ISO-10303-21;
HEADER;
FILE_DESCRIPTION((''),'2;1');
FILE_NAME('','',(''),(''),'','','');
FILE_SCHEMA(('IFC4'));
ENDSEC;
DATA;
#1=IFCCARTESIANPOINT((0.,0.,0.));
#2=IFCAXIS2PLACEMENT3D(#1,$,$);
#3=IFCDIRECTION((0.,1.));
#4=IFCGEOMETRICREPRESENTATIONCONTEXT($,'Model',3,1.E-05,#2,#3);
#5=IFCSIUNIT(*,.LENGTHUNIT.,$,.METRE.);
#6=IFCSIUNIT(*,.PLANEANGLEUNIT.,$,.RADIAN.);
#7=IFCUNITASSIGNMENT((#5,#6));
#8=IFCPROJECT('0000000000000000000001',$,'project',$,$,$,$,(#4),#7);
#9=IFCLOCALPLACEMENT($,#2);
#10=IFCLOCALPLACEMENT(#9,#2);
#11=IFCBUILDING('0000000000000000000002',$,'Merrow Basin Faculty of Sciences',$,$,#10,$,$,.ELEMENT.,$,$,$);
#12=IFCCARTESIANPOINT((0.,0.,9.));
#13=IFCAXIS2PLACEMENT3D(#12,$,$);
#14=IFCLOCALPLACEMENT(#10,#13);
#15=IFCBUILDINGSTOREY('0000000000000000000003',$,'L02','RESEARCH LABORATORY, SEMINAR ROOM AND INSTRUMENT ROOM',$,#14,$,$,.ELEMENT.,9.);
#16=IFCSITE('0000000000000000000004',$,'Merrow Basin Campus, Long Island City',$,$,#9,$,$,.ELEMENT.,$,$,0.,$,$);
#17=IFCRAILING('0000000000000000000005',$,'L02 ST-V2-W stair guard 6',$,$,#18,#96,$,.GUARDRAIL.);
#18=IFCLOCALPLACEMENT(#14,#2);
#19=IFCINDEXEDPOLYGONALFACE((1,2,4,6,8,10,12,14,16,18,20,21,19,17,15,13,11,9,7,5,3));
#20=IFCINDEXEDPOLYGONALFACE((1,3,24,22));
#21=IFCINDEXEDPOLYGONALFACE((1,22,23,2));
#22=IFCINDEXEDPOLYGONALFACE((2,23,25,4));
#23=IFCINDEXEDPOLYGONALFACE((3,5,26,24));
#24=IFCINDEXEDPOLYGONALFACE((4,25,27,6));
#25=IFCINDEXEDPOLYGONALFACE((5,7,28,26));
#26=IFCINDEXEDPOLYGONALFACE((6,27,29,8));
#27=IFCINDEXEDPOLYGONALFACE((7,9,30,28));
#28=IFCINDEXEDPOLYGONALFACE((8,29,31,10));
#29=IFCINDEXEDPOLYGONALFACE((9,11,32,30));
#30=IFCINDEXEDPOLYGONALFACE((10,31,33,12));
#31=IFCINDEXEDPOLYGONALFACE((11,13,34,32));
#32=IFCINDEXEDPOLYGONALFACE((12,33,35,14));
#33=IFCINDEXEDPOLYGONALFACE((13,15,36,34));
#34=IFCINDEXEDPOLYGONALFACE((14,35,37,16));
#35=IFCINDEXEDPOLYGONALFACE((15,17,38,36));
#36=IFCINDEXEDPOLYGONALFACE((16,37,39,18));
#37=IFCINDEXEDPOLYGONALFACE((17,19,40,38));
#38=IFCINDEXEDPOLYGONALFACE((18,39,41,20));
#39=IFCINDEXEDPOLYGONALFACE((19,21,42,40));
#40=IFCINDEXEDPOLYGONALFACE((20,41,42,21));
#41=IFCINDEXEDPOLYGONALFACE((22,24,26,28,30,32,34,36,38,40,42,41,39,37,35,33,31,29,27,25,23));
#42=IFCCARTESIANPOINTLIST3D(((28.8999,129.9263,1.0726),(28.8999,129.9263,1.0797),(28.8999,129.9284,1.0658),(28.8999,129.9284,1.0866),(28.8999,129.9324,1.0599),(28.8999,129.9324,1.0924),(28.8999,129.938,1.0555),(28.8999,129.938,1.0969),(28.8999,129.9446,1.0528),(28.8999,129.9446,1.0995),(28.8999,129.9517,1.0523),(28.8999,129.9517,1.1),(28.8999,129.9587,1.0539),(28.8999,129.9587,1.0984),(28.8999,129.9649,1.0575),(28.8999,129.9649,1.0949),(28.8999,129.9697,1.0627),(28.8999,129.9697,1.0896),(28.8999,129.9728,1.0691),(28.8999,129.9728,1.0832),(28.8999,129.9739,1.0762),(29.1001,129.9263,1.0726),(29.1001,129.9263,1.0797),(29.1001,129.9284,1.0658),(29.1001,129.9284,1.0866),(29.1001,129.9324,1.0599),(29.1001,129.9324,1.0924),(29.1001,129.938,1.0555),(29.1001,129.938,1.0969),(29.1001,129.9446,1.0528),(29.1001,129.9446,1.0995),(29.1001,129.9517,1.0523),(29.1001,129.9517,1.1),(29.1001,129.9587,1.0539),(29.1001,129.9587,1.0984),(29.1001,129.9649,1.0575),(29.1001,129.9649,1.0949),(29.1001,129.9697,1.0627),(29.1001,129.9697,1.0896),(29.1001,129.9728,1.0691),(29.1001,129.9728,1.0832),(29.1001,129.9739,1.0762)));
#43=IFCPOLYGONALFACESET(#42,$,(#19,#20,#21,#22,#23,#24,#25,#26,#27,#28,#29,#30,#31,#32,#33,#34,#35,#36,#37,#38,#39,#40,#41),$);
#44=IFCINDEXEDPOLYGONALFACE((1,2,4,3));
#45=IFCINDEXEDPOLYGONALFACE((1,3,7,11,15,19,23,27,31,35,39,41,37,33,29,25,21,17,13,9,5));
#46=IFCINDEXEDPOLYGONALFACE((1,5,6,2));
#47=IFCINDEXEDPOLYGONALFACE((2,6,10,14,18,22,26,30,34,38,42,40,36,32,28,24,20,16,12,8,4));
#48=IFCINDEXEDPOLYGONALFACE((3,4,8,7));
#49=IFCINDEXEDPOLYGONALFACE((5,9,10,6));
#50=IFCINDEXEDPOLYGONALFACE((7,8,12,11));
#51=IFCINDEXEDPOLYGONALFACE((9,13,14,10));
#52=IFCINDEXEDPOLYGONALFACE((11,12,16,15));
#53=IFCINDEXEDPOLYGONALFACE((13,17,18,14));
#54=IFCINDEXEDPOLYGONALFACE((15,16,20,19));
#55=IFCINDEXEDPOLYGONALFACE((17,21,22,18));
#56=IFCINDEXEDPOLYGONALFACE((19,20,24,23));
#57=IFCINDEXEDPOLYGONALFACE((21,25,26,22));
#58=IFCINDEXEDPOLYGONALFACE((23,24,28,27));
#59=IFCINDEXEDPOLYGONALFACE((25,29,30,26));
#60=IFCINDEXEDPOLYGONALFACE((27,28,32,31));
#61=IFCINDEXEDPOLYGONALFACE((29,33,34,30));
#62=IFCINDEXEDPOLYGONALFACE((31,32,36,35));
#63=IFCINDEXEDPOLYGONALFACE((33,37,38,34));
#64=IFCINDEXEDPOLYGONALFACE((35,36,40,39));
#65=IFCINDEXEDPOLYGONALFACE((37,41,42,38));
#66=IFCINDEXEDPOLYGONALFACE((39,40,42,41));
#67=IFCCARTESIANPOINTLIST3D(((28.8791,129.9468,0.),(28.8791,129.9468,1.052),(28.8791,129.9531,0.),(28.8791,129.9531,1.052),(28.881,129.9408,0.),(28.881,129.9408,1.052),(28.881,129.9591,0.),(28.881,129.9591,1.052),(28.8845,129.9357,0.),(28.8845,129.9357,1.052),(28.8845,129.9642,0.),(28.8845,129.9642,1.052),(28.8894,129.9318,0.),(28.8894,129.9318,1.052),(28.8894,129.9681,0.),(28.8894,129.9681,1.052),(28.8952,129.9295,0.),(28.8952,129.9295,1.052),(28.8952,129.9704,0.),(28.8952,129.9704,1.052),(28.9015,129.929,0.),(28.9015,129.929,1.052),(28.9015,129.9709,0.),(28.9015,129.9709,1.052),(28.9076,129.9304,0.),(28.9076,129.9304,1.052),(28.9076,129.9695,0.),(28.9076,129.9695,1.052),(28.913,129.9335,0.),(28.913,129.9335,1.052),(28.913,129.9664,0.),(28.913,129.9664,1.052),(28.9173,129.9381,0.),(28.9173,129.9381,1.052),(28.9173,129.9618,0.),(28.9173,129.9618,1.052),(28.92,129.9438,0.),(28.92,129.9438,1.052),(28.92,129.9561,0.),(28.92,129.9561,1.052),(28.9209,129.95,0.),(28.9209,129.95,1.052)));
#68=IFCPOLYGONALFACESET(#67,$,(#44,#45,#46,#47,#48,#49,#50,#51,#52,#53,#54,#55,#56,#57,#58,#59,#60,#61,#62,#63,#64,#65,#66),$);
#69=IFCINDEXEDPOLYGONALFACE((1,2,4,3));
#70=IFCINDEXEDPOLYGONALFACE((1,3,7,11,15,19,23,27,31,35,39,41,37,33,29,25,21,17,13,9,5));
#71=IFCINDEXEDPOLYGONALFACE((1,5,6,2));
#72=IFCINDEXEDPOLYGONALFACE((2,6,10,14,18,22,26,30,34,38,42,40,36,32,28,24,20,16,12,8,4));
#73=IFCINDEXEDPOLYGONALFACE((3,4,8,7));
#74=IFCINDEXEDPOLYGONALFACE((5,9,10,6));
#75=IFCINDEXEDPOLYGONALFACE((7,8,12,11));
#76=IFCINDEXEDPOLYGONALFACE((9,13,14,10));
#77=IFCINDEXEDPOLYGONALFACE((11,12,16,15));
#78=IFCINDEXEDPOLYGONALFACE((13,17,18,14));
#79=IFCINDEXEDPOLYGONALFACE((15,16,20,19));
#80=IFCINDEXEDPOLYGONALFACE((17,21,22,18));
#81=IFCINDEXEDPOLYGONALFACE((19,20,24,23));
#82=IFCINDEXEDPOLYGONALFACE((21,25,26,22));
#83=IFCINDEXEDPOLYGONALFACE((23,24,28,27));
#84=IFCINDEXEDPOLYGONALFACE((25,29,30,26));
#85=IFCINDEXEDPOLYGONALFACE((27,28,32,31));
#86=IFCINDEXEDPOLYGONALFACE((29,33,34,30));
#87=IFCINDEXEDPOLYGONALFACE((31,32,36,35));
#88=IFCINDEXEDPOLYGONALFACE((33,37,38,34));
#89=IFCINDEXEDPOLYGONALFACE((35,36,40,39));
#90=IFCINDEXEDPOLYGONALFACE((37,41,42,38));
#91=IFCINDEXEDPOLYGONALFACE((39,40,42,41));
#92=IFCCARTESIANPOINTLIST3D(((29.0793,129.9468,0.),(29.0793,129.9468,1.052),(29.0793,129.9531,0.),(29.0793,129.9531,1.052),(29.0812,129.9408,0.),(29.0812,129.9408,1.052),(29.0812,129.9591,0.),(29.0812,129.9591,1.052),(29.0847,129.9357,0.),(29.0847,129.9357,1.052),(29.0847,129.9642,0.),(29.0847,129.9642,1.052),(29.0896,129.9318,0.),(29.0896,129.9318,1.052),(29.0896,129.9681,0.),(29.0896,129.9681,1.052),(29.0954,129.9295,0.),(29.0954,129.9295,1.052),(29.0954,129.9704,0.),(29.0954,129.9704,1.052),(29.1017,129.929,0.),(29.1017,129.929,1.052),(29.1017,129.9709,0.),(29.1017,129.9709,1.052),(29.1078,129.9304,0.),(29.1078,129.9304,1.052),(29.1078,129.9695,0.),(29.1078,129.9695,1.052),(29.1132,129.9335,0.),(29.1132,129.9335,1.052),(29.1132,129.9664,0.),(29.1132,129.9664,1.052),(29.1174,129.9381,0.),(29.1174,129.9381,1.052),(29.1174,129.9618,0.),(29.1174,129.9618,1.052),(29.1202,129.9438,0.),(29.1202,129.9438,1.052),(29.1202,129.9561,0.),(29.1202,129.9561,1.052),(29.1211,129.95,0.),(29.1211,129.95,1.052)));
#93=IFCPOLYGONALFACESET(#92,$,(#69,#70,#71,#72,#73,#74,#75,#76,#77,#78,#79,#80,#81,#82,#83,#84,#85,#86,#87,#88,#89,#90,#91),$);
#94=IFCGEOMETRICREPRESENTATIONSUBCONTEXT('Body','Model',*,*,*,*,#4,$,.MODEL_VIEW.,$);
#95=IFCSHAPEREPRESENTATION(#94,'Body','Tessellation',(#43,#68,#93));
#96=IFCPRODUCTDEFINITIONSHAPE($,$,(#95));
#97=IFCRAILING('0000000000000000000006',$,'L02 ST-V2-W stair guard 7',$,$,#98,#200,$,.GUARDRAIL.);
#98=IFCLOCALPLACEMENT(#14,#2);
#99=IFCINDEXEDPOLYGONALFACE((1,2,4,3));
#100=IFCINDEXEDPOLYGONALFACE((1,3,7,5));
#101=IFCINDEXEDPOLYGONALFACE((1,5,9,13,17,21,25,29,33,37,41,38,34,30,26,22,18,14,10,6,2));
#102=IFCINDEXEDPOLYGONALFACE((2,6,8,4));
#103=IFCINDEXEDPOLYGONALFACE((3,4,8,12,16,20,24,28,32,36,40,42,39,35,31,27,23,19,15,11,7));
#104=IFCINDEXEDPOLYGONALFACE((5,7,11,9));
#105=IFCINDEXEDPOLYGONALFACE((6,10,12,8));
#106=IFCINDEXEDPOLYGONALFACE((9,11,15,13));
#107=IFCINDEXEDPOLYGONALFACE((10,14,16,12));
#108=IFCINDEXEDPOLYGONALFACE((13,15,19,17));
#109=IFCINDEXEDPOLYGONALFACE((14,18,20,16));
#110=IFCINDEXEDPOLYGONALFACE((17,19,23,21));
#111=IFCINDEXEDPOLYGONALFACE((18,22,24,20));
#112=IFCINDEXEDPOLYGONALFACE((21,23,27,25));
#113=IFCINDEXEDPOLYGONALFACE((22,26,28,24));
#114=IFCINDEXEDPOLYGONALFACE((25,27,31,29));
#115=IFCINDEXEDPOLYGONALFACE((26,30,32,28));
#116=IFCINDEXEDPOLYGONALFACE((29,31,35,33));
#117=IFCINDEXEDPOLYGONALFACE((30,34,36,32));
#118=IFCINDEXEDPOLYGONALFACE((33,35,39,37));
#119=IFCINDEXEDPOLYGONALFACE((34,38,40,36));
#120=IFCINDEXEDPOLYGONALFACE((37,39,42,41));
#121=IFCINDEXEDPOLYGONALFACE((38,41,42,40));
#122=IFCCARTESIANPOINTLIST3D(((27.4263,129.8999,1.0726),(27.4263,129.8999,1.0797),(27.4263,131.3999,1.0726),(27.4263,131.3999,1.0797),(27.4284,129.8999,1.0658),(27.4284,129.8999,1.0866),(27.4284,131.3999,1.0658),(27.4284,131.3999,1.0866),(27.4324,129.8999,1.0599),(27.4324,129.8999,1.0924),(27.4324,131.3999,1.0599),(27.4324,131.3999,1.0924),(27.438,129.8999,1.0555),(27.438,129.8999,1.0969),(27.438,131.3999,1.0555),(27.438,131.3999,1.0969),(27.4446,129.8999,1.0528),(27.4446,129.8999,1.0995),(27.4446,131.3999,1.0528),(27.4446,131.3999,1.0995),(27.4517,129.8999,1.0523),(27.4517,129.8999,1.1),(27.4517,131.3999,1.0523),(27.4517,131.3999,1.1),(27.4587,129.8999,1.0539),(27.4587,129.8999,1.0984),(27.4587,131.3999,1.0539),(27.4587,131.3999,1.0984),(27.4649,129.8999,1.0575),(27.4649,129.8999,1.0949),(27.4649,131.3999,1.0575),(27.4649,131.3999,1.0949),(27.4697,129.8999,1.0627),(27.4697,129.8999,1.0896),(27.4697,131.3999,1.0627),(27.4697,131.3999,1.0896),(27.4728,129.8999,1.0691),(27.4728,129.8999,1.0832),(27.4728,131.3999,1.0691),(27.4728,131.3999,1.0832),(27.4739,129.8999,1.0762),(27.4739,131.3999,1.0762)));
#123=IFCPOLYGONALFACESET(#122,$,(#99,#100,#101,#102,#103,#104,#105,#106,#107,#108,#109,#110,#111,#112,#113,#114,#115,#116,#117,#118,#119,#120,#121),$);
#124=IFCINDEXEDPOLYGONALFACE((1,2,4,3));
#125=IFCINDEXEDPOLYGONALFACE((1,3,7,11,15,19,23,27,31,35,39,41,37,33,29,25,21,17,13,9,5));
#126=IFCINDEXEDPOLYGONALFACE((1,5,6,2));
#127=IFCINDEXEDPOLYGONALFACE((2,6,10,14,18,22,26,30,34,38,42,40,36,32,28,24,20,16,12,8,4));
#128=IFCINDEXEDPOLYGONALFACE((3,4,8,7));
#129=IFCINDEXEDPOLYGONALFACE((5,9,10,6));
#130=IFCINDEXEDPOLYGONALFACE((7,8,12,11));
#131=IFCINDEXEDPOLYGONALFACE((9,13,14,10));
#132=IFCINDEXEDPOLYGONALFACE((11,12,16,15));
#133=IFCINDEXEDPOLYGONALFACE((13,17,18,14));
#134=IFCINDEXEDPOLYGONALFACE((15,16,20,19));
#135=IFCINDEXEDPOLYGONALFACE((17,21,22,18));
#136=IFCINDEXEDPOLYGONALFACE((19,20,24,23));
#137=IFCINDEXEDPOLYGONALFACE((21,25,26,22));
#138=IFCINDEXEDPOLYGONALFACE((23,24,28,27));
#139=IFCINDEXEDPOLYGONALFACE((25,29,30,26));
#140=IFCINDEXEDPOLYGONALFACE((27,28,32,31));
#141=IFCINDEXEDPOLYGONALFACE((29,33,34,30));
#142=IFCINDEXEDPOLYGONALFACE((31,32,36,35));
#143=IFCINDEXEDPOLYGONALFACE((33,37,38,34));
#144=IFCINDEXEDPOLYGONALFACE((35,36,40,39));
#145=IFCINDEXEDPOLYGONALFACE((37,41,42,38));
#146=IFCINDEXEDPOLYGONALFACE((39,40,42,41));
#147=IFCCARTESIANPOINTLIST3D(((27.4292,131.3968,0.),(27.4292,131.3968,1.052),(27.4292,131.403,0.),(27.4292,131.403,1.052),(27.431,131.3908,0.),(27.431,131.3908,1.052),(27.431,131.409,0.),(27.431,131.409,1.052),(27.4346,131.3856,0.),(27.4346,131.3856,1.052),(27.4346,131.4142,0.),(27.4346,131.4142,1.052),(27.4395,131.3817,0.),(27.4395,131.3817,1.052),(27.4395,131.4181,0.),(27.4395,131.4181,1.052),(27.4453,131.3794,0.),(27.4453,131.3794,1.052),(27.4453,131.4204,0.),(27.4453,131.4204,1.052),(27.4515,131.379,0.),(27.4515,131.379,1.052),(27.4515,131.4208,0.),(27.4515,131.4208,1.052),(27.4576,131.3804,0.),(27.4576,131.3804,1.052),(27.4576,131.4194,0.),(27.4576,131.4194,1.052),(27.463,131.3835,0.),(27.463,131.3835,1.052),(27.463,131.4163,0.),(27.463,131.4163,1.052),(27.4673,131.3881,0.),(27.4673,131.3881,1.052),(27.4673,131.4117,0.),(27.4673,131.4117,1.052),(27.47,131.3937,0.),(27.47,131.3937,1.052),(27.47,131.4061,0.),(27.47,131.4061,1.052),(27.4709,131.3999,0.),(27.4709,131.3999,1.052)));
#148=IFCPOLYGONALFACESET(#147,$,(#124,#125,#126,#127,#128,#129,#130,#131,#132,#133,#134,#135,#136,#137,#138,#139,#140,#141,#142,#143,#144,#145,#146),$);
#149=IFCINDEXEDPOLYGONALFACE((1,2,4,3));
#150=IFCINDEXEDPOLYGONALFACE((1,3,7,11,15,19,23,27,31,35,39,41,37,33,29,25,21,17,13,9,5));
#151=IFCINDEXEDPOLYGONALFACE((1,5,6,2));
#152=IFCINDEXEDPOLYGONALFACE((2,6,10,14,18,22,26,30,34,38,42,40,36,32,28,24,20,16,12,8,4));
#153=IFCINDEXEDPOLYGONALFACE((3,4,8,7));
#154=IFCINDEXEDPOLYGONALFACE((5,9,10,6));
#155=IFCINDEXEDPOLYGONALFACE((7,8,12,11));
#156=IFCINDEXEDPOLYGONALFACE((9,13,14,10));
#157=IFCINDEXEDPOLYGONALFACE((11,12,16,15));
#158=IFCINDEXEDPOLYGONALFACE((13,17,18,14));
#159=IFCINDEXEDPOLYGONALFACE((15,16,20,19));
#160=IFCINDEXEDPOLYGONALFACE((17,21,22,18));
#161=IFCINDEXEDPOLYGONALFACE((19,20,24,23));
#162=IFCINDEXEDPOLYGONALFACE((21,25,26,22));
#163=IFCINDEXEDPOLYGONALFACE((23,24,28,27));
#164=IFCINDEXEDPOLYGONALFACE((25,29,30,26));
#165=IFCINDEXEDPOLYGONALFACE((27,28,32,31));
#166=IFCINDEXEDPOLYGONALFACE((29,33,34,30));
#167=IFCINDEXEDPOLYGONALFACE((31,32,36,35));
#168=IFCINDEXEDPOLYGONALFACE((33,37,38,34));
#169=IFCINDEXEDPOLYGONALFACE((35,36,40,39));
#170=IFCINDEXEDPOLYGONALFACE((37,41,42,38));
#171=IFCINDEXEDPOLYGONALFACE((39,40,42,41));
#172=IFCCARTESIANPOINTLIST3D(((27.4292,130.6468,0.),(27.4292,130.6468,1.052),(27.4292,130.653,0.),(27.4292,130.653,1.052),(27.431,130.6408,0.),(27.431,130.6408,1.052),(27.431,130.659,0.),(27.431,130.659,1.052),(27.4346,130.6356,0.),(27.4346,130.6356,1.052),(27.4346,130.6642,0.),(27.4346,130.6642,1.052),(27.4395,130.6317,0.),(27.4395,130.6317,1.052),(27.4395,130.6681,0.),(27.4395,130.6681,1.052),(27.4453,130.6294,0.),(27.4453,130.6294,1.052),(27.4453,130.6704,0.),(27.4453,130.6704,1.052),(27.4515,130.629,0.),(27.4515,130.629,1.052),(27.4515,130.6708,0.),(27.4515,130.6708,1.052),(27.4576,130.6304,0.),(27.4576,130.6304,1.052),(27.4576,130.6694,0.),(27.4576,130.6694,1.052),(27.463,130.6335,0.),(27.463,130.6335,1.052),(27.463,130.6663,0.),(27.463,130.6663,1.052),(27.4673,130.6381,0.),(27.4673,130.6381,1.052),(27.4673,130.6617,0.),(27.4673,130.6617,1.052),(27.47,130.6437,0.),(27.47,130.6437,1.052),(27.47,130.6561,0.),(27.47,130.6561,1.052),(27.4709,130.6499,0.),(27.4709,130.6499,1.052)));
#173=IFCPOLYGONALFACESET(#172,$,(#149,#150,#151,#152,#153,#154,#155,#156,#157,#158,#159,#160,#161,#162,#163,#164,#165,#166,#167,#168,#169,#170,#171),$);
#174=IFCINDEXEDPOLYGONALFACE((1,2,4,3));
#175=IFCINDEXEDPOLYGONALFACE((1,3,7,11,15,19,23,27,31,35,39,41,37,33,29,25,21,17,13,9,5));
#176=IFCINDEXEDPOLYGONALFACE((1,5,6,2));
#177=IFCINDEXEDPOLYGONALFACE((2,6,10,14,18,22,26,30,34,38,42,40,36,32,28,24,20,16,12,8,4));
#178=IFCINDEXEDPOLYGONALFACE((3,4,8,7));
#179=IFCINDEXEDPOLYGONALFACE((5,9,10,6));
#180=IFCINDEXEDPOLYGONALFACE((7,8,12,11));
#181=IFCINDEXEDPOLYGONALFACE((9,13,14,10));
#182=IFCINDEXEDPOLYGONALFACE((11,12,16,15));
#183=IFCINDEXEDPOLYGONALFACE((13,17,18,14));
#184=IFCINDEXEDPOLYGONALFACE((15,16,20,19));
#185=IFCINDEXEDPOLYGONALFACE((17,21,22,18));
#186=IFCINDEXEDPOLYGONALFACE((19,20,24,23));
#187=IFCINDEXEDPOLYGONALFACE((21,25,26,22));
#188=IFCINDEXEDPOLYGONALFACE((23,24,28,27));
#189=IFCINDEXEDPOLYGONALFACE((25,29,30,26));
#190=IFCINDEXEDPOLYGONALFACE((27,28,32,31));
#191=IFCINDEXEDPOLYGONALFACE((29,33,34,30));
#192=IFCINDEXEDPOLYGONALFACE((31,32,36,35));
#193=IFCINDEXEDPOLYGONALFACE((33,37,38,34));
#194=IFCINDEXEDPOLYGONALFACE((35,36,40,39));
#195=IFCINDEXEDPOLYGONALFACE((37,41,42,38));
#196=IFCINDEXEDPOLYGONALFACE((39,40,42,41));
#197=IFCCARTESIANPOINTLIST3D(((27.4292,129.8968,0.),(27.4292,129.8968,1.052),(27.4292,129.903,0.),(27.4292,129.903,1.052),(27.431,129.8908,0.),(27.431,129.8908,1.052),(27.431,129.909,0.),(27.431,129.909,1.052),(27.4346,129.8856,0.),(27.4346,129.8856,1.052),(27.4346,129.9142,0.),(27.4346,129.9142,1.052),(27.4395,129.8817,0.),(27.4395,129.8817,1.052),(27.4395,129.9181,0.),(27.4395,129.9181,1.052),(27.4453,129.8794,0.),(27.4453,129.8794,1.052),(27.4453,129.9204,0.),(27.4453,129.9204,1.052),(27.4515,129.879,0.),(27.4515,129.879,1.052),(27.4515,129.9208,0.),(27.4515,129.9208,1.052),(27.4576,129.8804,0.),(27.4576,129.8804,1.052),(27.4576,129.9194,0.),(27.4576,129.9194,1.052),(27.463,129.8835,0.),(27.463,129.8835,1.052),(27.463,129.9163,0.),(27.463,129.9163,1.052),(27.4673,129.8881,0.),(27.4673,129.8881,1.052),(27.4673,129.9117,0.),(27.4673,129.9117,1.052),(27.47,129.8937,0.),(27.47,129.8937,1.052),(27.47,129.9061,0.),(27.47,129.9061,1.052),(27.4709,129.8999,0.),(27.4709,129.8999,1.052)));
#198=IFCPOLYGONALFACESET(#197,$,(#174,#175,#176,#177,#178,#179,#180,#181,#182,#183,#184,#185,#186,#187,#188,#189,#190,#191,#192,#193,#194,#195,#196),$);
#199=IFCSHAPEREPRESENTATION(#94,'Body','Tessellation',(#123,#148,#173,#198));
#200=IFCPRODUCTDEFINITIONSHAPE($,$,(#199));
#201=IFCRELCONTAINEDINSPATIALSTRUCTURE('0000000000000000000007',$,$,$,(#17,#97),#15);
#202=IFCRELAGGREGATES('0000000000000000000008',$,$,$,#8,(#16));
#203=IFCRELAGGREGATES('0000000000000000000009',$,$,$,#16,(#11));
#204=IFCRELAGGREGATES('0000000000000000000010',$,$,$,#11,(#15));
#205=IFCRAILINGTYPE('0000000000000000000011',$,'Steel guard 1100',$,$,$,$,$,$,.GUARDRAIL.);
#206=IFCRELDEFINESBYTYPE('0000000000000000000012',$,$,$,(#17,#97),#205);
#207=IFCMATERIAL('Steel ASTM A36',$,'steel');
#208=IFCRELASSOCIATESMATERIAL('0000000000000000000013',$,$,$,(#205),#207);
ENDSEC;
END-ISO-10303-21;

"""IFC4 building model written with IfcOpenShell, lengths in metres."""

from ifc_helpers import new_model, si_unit, direction, frame, origin, origin_2d, place, context, subcontext, project, spatial, circle, extrude, material, type_object, element, save


model = new_model("IFC4")

# Units and contexts
model_context = context("Model", 3, precision=1e-05, world=origin(), true_north=direction((0.0, 1.0)))
body_context = subcontext(model_context, "Body", "Model", "MODEL_VIEW")
ifc_project = project(units=[si_unit("LENGTHUNIT", "METRE"), si_unit("PLANEANGLEUNIT", "RADIAN")], contexts=[model_context])

# Site, building, storey
site_placement = place(None, origin())
site = spatial("IfcSite", under=ifc_project, at=site_placement, Name="Merrow Basin Campus, Long Island City", CompositionType="ELEMENT", RefElevation=0.0)
building_placement = place(site_placement, origin())
building = spatial("IfcBuilding", under=site, at=building_placement, Name="Merrow Basin Faculty of Sciences", CompositionType="ELEMENT")
storey_placement = place(building_placement, frame((0.0, 0.0, 9.0)))
storey = spatial("IfcBuildingStorey", under=building, at=storey_placement, Name="L02", Description="RESEARCH LABORATORY, SEMINAR ROOM AND INSTRUMENT ROOM", CompositionType="ELEMENT", Elevation=9.0)

# Railings
ifc_material_1 = material(Name="Steel ASTM A36", Category="steel")
railing_type_1 = type_object("IfcRailingType", Name="Steel guard 1100", PredefinedType="GUARDRAIL", material=ifc_material_1)
railing_1_placement = place(storey_placement, frame((28.8999, 129.95, 0.0)))
element("IfcRailing", 1, at=railing_1_placement, inside=storey, type_object=railing_type_1, Name="L02 ST-V2-W stair guard 6", PredefinedType="GUARDRAIL", context=body_context, shape_type="SweptSolid", body=[
    extrude(circle(Radius=0.0239, at=origin_2d()), frame((0.0, 0.0, 1.0762), z_axis=(1.0, 0.0, 0.0), x_axis=(0.0, 1.0, 0.0)), (0.0, 0.0, 1.0), 0.2002),
    extrude(circle(Radius=0.021, at=origin_2d()), origin(), (0.0, 0.0, 1.0), 1.052),
    extrude(circle(Radius=0.021, at=origin_2d()), frame((0.2002, 0.0, 0.0)), (0.0, 0.0, 1.0), 1.052),
])
railing_2_placement = place(storey_placement, frame((27.45, 131.3999, 0.0)))
element("IfcRailing", 2, at=railing_2_placement, inside=storey, type_object=railing_type_1, Name="L02 ST-V2-W stair guard 7", PredefinedType="GUARDRAIL", context=body_context, shape_type="SweptSolid", body=[
    extrude(circle(Radius=0.0239, at=origin_2d()), frame((0.0, 0.0, 1.0762), z_axis=(0.0, -1.0, 0.0), x_axis=(1.0, 0.0, 0.0)), (0.0, 0.0, 1.0), 1.5),
    extrude(circle(Radius=0.021, at=origin_2d()), origin(), (0.0, 0.0, 1.0), 1.052),
    extrude(circle(Radius=0.021, at=origin_2d()), frame((0.0, -0.75, 0.0)), (0.0, 0.0, 1.0), 1.052),
    extrude(circle(Radius=0.021, at=origin_2d()), frame((0.0, -1.5, 0.0)), (0.0, 0.0, 1.0), 1.052),
])

save(model, "model.ifc")
